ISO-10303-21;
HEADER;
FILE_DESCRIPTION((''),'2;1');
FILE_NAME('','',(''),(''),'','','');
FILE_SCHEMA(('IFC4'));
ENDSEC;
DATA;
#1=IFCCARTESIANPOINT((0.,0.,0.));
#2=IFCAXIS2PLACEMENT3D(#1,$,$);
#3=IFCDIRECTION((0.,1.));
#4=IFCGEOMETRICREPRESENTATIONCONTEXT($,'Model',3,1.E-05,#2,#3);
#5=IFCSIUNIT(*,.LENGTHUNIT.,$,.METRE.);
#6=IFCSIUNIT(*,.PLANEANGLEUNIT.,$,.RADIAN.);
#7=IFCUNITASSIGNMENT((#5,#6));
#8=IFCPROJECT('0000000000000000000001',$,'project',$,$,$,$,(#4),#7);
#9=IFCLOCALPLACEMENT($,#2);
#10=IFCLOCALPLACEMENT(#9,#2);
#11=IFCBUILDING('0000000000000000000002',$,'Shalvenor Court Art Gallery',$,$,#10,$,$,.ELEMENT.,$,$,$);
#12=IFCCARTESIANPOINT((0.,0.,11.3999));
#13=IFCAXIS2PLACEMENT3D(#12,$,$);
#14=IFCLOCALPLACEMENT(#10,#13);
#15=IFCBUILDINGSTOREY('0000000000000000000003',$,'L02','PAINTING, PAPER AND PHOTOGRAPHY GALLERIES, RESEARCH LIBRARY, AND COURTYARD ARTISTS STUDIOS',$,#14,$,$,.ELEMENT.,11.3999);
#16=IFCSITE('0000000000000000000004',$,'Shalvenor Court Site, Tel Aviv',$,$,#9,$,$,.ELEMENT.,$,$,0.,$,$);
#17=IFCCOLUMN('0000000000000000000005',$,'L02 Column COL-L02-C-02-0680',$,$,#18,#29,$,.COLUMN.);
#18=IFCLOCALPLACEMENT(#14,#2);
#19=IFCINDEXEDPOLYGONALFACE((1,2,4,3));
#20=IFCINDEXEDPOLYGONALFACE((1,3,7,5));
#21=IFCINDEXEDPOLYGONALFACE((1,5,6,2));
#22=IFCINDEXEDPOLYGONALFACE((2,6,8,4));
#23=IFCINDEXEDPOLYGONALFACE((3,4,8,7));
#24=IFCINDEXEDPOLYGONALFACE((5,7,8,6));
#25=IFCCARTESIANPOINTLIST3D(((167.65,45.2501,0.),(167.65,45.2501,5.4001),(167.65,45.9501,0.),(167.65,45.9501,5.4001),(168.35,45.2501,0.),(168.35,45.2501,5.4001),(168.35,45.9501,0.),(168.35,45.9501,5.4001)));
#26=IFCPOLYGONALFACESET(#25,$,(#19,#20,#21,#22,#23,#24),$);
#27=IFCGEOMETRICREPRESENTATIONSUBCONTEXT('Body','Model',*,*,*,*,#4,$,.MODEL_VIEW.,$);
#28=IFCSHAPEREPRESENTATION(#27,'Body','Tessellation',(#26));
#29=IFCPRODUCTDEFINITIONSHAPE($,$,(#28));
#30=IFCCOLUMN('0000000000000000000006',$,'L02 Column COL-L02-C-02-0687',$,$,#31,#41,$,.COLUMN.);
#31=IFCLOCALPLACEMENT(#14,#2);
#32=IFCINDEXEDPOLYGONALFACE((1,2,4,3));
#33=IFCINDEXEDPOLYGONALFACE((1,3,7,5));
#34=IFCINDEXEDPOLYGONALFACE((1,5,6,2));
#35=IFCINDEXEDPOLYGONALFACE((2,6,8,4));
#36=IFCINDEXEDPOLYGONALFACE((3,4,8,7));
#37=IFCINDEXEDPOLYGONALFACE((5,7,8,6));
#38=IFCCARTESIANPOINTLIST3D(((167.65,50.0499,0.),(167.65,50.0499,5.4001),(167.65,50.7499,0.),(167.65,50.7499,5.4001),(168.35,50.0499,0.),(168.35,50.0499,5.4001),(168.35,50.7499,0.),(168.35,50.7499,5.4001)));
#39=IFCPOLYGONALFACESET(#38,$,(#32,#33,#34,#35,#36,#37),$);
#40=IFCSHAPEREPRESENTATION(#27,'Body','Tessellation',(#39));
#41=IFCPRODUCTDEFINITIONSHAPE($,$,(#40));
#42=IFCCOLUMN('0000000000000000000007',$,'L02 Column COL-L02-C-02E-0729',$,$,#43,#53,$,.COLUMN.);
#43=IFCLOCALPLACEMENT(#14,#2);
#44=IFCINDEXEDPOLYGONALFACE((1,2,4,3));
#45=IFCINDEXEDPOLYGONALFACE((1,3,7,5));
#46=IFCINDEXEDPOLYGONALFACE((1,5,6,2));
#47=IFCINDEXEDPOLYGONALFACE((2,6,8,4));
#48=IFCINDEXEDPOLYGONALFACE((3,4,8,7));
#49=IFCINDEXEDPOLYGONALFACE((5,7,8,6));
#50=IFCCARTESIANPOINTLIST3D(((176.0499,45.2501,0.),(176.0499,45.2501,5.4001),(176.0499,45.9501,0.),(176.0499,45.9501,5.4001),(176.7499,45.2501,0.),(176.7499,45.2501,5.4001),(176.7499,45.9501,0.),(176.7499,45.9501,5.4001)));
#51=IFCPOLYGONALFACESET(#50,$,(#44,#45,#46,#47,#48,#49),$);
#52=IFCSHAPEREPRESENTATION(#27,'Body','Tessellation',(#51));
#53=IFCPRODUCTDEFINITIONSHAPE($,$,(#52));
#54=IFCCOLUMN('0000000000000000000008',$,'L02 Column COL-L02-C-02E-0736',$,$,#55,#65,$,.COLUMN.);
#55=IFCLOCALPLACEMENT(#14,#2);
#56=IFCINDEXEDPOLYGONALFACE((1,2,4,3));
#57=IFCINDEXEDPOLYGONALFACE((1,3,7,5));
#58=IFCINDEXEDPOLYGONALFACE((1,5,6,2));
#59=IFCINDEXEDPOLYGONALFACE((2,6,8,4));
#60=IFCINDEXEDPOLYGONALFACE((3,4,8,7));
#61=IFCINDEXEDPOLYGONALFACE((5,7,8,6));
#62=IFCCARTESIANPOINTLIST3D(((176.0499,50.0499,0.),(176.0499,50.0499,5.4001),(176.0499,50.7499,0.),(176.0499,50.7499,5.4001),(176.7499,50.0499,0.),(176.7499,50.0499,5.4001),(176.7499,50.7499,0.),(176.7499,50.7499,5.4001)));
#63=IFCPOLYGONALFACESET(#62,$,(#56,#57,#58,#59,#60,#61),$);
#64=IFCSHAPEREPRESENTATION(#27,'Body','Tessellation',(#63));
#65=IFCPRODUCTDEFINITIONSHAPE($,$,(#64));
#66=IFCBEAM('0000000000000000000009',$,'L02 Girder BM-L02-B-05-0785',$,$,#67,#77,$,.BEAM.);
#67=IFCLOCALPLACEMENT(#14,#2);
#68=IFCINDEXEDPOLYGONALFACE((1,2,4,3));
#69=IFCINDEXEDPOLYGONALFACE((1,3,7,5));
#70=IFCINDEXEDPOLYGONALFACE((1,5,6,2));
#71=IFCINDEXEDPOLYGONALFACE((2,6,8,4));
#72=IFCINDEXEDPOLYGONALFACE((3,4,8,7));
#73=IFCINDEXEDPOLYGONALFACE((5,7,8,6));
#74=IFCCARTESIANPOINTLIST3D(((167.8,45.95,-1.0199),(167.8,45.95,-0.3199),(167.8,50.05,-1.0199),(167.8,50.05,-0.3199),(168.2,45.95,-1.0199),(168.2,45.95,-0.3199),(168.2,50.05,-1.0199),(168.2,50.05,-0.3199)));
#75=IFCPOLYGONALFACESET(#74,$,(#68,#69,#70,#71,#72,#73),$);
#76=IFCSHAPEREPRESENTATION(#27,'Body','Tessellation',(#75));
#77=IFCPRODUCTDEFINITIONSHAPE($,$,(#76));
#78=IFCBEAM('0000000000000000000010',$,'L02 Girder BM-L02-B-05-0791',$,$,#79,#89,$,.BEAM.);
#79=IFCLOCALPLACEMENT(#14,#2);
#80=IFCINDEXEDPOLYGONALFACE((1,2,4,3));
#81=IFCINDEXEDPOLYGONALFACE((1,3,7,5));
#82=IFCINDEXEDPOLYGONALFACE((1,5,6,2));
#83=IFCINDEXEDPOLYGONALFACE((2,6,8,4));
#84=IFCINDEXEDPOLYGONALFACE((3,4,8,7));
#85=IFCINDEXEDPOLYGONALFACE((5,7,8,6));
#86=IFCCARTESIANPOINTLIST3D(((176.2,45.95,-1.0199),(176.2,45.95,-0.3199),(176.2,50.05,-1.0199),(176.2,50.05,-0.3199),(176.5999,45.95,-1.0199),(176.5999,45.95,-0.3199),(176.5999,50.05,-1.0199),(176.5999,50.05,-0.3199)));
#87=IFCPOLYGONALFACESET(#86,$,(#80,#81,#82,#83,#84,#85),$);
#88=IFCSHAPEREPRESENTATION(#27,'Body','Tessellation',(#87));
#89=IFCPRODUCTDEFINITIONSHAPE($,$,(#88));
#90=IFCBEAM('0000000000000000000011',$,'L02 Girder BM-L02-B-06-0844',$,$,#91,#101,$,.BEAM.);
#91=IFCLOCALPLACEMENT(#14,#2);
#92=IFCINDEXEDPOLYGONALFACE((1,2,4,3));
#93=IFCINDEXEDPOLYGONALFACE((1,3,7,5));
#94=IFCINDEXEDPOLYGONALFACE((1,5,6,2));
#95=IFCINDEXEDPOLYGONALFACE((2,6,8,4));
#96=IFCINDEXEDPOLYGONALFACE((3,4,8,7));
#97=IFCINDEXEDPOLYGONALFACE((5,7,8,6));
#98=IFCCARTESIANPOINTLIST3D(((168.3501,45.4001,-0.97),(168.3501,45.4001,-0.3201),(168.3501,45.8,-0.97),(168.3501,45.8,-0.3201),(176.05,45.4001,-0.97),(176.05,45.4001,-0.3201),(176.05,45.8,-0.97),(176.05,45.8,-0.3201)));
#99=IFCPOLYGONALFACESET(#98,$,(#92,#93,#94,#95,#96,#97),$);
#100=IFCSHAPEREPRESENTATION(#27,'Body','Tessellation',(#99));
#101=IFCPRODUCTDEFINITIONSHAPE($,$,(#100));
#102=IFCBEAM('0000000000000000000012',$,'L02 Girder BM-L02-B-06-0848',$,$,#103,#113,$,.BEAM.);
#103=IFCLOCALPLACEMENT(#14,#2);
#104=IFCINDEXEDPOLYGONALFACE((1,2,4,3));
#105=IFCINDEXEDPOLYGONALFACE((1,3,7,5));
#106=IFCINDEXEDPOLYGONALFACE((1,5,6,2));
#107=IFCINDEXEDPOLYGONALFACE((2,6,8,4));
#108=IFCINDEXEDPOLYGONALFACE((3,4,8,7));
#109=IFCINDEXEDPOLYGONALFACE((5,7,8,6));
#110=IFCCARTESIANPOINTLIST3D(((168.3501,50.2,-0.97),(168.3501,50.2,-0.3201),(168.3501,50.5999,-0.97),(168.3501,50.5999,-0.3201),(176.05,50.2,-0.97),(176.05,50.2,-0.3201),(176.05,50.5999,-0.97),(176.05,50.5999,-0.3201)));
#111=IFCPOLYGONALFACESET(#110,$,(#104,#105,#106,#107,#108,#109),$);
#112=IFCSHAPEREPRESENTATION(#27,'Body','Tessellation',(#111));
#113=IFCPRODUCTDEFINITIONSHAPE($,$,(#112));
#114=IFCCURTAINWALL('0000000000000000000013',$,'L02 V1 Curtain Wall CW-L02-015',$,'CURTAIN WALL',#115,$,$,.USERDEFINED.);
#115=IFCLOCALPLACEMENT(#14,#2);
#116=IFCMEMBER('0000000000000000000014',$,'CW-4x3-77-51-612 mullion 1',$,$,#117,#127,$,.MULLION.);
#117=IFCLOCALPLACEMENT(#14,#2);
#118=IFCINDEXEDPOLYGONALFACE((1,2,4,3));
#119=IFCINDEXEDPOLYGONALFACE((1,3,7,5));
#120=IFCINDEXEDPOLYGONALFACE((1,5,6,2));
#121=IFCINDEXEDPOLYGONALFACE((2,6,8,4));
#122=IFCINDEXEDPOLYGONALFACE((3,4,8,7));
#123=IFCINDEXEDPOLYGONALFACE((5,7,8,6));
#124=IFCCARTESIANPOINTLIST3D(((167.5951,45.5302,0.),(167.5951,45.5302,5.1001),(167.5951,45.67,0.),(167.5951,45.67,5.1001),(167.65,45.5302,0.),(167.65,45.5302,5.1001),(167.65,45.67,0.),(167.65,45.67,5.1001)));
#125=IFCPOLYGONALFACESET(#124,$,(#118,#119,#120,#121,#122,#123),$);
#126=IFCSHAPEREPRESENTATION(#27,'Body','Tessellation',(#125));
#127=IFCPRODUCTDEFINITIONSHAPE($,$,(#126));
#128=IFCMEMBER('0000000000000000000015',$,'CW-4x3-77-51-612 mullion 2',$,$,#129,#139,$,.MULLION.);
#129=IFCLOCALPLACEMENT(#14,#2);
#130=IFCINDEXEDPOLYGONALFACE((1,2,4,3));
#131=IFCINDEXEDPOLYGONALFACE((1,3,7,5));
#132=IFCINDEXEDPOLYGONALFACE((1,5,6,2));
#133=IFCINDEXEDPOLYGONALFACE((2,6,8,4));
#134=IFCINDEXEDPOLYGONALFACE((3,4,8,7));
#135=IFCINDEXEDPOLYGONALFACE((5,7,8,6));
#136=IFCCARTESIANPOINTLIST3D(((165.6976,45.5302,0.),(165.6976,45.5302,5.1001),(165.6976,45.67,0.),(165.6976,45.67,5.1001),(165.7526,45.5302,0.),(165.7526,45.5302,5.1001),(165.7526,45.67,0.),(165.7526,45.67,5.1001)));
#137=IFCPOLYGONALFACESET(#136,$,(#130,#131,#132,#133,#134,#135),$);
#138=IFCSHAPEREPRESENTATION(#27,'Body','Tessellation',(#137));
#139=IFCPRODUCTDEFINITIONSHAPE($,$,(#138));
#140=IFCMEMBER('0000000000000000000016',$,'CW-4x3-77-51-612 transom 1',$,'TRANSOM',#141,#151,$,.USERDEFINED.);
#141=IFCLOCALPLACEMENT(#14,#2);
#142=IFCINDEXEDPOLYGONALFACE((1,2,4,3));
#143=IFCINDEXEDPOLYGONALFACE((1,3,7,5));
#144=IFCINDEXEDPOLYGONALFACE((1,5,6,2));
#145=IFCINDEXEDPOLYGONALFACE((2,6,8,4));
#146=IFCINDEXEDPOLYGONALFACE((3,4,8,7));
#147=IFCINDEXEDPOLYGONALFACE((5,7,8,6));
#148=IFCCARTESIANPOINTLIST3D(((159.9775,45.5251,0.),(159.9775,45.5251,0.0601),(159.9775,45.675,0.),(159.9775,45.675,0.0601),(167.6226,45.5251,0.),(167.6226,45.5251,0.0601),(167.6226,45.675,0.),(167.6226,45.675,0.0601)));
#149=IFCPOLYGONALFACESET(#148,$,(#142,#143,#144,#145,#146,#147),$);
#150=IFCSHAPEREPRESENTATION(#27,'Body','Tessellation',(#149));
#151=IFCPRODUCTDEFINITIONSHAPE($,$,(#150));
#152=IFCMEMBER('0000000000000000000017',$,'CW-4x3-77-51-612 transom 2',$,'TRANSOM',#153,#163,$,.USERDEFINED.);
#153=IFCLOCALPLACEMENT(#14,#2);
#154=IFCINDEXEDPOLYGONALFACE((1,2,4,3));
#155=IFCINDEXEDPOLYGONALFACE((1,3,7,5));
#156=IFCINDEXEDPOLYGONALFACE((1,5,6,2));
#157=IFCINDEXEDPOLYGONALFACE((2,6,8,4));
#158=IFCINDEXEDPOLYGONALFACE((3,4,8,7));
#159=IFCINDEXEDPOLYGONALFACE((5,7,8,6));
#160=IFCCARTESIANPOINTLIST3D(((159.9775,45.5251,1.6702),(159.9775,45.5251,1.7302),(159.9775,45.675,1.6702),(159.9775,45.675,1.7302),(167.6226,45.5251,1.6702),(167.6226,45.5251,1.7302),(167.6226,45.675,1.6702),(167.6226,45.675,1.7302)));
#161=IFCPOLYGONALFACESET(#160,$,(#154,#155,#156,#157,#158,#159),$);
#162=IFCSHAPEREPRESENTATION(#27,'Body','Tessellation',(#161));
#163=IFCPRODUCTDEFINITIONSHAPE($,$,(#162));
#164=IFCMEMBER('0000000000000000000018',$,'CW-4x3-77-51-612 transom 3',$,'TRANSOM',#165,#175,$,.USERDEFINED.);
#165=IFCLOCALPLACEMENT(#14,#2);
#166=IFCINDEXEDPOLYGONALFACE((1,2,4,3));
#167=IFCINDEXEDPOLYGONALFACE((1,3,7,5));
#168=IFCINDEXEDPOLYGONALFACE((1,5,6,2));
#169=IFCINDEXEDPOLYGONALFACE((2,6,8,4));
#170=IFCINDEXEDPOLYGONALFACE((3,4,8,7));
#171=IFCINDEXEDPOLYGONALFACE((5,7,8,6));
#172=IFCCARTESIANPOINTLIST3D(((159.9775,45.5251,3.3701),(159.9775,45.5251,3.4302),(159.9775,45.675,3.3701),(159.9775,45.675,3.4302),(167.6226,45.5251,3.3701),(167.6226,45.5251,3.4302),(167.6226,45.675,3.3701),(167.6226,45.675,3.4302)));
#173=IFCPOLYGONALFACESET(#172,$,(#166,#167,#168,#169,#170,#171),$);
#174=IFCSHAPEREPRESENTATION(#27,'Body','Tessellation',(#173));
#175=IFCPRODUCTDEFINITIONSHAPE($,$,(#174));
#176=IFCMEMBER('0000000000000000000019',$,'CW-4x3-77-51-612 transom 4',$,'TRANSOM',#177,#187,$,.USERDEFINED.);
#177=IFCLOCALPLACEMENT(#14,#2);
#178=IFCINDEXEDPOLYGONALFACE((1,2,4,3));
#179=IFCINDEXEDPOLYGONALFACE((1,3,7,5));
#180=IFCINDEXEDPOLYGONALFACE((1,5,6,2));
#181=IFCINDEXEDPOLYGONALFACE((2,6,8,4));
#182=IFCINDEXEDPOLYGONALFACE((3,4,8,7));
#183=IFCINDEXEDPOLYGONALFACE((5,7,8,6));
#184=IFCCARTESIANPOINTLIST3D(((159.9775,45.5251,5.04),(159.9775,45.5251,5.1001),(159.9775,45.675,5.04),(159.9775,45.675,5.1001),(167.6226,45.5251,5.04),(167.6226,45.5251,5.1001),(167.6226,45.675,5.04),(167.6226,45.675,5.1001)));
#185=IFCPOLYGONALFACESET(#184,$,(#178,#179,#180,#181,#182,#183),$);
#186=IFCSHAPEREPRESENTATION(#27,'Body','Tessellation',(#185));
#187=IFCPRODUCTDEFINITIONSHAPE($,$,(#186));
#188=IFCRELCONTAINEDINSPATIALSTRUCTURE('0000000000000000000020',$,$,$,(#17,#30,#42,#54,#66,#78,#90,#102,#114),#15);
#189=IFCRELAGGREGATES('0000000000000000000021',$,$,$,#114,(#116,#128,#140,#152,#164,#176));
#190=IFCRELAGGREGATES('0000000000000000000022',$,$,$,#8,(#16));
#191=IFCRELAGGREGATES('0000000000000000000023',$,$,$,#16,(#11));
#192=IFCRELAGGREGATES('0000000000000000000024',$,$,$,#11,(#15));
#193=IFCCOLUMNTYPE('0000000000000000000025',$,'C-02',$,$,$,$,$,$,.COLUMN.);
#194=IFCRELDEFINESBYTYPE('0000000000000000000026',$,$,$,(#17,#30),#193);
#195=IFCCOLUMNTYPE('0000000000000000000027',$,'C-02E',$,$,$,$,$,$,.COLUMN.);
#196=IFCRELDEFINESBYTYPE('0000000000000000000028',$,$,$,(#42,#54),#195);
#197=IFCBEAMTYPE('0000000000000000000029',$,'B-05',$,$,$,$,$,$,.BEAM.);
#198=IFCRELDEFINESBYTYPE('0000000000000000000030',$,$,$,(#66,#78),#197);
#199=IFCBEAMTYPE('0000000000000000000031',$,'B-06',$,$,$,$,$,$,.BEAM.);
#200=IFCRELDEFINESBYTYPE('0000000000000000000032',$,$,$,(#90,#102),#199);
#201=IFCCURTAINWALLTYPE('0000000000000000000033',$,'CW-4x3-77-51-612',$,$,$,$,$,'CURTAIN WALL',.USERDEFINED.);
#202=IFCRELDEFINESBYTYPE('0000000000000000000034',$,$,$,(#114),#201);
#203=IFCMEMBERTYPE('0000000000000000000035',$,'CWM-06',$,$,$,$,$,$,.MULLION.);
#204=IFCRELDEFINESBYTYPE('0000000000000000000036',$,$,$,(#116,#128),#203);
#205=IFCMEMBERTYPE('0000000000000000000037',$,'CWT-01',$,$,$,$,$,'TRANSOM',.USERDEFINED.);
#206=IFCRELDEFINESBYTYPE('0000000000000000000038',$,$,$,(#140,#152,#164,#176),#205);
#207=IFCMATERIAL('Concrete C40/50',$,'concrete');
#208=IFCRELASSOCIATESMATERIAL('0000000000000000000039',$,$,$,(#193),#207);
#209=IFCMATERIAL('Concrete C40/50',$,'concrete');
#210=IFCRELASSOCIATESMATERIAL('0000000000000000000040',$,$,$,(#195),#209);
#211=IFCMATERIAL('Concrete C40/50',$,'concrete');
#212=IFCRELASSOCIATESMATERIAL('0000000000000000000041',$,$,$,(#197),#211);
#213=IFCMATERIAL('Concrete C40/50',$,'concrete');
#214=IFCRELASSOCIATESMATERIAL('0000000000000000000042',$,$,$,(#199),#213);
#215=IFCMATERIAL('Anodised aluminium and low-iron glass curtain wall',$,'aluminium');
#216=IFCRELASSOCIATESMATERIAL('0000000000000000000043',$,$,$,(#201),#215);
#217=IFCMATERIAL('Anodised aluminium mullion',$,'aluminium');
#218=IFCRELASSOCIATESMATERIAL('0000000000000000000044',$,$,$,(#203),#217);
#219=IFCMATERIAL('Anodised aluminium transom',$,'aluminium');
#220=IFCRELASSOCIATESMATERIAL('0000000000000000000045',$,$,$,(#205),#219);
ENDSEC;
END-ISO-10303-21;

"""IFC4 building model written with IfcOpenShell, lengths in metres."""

from ifc_helpers import new_model, si_unit, direction, frame, origin, origin_2d, place, context, subcontext, project, spatial, rectangle, extrude, material, material_profile, profile_set, type_object, element, aggregate, save


model = new_model("IFC4")

# Units and contexts
model_context = context("Model", 3, precision=1e-05, world=origin(), true_north=direction((0.0, 1.0)))
body_context = subcontext(model_context, "Body", "Model", "MODEL_VIEW")
ifc_project = project(units=[si_unit("LENGTHUNIT", "METRE"), si_unit("PLANEANGLEUNIT", "RADIAN")], contexts=[model_context])

# Site, building, storey
site_placement = place(None, origin())
site = spatial("IfcSite", under=ifc_project, at=site_placement, Name="Shalvenor Court Site, Tel Aviv", CompositionType="ELEMENT", RefElevation=0.0)
building_placement = place(site_placement, origin())
building = spatial("IfcBuilding", under=site, at=building_placement, Name="Shalvenor Court Art Gallery", CompositionType="ELEMENT")
storey_placement = place(building_placement, frame((0.0, 0.0, 11.3999)))
storey = spatial("IfcBuildingStorey", under=building, at=storey_placement, Name="L02", Description="PAINTING, PAPER AND PHOTOGRAPHY GALLERIES, RESEARCH LIBRARY, AND COURTYARD ARTISTS STUDIOS", CompositionType="ELEMENT", Elevation=11.3999)

# Columns
ifc_material_1 = material(Name="Concrete C40/50", Category="concrete")
ifc_material_profile_1 = material_profile(ifc_material_1, rectangle(XDim=0.7, YDim=0.7, at=origin_2d()), Name="RC 700x700")
ifc_profile_set_1 = profile_set([ifc_material_profile_1], Name="Concrete C40/50")
column_type_1 = type_object("IfcColumnType", Name="C-02", PredefinedType="COLUMN", material=ifc_profile_set_1)
for number, where, z_axis, x_axis, name in (
    (1, (168.0, 45.6001, 0.0), (0.0, 0.0, 1.0), (1.0, 0.0, 0.0), "L02 Column COL-L02-C-02-0680"),
    (2, (168.0, 50.3999, 0.0), (0.0, 0.0, 1.0), (1.0, 0.0, 0.0), "L02 Column COL-L02-C-02-0687"),
):
    element("IfcColumn", number, at=place(storey_placement, frame(where, z_axis=z_axis, x_axis=x_axis)), inside=storey, type_object=column_type_1, Name=name, PredefinedType="COLUMN", context=body_context, shape_type="SweptSolid", body=[
        extrude(rectangle(XDim=0.7, YDim=0.7, at=origin_2d()), origin(), (0.0, 0.0, 1.0), 5.4001),
    ])
ifc_material_2 = material(Name="Concrete C40/50", Category="concrete")
ifc_material_profile_2 = material_profile(ifc_material_2, rectangle(XDim=0.7, YDim=0.7, at=origin_2d()), Name="RC 700x700")
ifc_profile_set_2 = profile_set([ifc_material_profile_2], Name="Concrete C40/50")
column_type_2 = type_object("IfcColumnType", Name="C-02E", PredefinedType="COLUMN", material=ifc_profile_set_2)
for number, where, z_axis, x_axis, name in (
    (3, (176.3999, 45.6001, 0.0), (0.0, 0.0, 1.0), (1.0, 0.0, 0.0), "L02 Column COL-L02-C-02E-0729"),
    (4, (176.3999, 50.3999, 0.0), (0.0, 0.0, 1.0), (1.0, 0.0, 0.0), "L02 Column COL-L02-C-02E-0736"),
):
    element("IfcColumn", number, at=place(storey_placement, frame(where, z_axis=z_axis, x_axis=x_axis)), inside=storey, type_object=column_type_2, Name=name, PredefinedType="COLUMN", context=body_context, shape_type="SweptSolid", body=[
        extrude(rectangle(XDim=0.7, YDim=0.7, at=origin_2d()), origin(), (0.0, 0.0, 1.0), 5.4001),
    ])

# Beams
ifc_material_3 = material(Name="Concrete C40/50", Category="concrete")
ifc_material_profile_3 = material_profile(ifc_material_3, rectangle(XDim=0.3999, YDim=0.7, at=origin_2d()), Name="RC 400x700")
ifc_profile_set_3 = profile_set([ifc_material_profile_3], Name="Concrete C40/50")
beam_type_1 = type_object("IfcBeamType", Name="B-05", PredefinedType="BEAM", material=ifc_profile_set_3)
for number, where, z_axis, x_axis, name in (
    (5, (168.0, 45.95, -0.6699), (0.0, 1.0, 0.0), (-1.0, 0.0, 0.0), "L02 Girder BM-L02-B-05-0785"),
    (6, (176.3999, 45.95, -0.6699), (0.0, 1.0, 0.0), (-1.0, 0.0, 0.0), "L02 Girder BM-L02-B-05-0791"),
):
    element("IfcBeam", number, at=place(storey_placement, frame(where, z_axis=z_axis, x_axis=x_axis)), inside=storey, type_object=beam_type_1, Name=name, PredefinedType="BEAM", context=body_context, shape_type="SweptSolid", body=[
        extrude(rectangle(XDim=0.3999, YDim=0.7, at=origin_2d()), origin(), (0.0, 0.0, 1.0), 4.1001),
    ])
ifc_material_4 = material(Name="Concrete C40/50", Category="concrete")
ifc_material_profile_4 = material_profile(ifc_material_4, rectangle(XDim=0.3999, YDim=0.6499, at=origin_2d()), Name="RC 400x650")
ifc_profile_set_4 = profile_set([ifc_material_profile_4], Name="Concrete C40/50")
beam_type_2 = type_object("IfcBeamType", Name="B-06", PredefinedType="BEAM", material=ifc_profile_set_4)
for number, where, z_axis, x_axis, name in (
    (7, (168.3501, 45.6001, -0.645), (1.0, 0.0, 0.0), (0.0, 1.0, 0.0), "L02 Girder BM-L02-B-06-0844"),
    (8, (168.3501, 50.3999, -0.645), (1.0, 0.0, 0.0), (0.0, 1.0, 0.0), "L02 Girder BM-L02-B-06-0848"),
):
    element("IfcBeam", number, at=place(storey_placement, frame(where, z_axis=z_axis, x_axis=x_axis)), inside=storey, type_object=beam_type_2, Name=name, PredefinedType="BEAM", context=body_context, shape_type="SweptSolid", body=[
        extrude(rectangle(XDim=0.3999, YDim=0.6499, at=origin_2d()), origin(), (0.0, 0.0, 1.0), 7.7),
    ])

# Curtain wall, members
ifc_material_5 = material(Name="Anodised aluminium and low-iron glass curtain wall", Category="aluminium")
curtain_wall_type = type_object("IfcCurtainWallType", Name="CW-4x3-77-51-612", ElementType="CURTAIN WALL", PredefinedType="USERDEFINED", material=ifc_material_5)
curtain_wall_placement = place(storey_placement, origin())
curtain_wall = element("IfcCurtainWall", 9, at=curtain_wall_placement, inside=storey, type_object=curtain_wall_type, Name="L02 V1 Curtain Wall CW-L02-015", ObjectType="CURTAIN WALL", PredefinedType="USERDEFINED")
ifc_material_6 = material(Name="Anodised aluminium mullion", Category="aluminium")
ifc_material_profile_5 = material_profile(ifc_material_6, rectangle(XDim=0.0549, YDim=0.1399, at=origin_2d()), Name="CWM-06")
ifc_profile_set_5 = profile_set([ifc_material_profile_5], Name="Anodised aluminium mullion")
member_type_1 = type_object("IfcMemberType", Name="CWM-06", PredefinedType="MULLION", material=ifc_profile_set_5)
member_1_placement = place(storey_placement, frame((167.6226, 45.6001, 0.0), z_axis=(0.0, 0.0, 1.0), x_axis=(-1.0, 0.0, 0.0)))
member_1 = element("IfcMember", 10, at=member_1_placement, type_object=member_type_1, Name="CW-4x3-77-51-612 mullion 1", PredefinedType="MULLION", context=body_context, shape_type="SweptSolid", body=[
    extrude(rectangle(XDim=0.0549, YDim=0.1399, at=origin_2d()), origin(), (0.0, 0.0, 1.0), 5.1001),
])
member_2_placement = place(storey_placement, frame((165.7251, 45.6001, 0.0), z_axis=(0.0, 0.0, 1.0), x_axis=(-1.0, 0.0, 0.0)))
member_2 = element("IfcMember", 11, at=member_2_placement, type_object=member_type_1, Name="CW-4x3-77-51-612 mullion 2", PredefinedType="MULLION", context=body_context, shape_type="SweptSolid", body=[
    extrude(rectangle(XDim=0.0549, YDim=0.1399, at=origin_2d()), origin(), (0.0, 0.0, 1.0), 5.1001),
])
ifc_material_7 = material(Name="Anodised aluminium transom", Category="aluminium")
ifc_material_profile_6 = material_profile(ifc_material_7, rectangle(XDim=0.1499, YDim=0.0601, at=origin_2d()), Name="CWT-01")
ifc_profile_set_6 = profile_set([ifc_material_profile_6], Name="Anodised aluminium transom")
member_type_2 = type_object("IfcMemberType", Name="CWT-01", ElementType="TRANSOM", PredefinedType="USERDEFINED", material=ifc_profile_set_6)
member_3_placement = place(storey_placement, frame((167.6226, 45.6001, 0.03), z_axis=(-1.0, 0.0, 0.0), x_axis=(0.0, -1.0, 0.0)))
member_3 = element("IfcMember", 12, at=member_3_placement, type_object=member_type_2, Name="CW-4x3-77-51-612 transom 1", ObjectType="TRANSOM", PredefinedType="USERDEFINED", context=body_context, shape_type="SweptSolid", body=[
    extrude(rectangle(XDim=0.1499, YDim=0.0601, at=origin_2d()), origin(), (0.0, 0.0, 1.0), 7.645),
])
member_4_placement = place(storey_placement, frame((167.6226, 45.6001, 1.7002), z_axis=(-1.0, 0.0, 0.0), x_axis=(0.0, -1.0, 0.0)))
member_4 = element("IfcMember", 13, at=member_4_placement, type_object=member_type_2, Name="CW-4x3-77-51-612 transom 2", ObjectType="TRANSOM", PredefinedType="USERDEFINED", context=body_context, shape_type="SweptSolid", body=[
    extrude(rectangle(XDim=0.1499, YDim=0.0601, at=origin_2d()), origin(), (0.0, 0.0, 1.0), 7.645),
])
member_5_placement = place(storey_placement, frame((167.6226, 45.6001, 3.4001), z_axis=(-1.0, 0.0, 0.0), x_axis=(0.0, -1.0, 0.0)))
member_5 = element("IfcMember", 14, at=member_5_placement, type_object=member_type_2, Name="CW-4x3-77-51-612 transom 3", ObjectType="TRANSOM", PredefinedType="USERDEFINED", context=body_context, shape_type="SweptSolid", body=[
    extrude(rectangle(XDim=0.1499, YDim=0.0601, at=origin_2d()), origin(), (0.0, 0.0, 1.0), 7.645),
])
member_6_placement = place(storey_placement, frame((167.6226, 45.6001, 5.0701), z_axis=(-1.0, 0.0, 0.0), x_axis=(0.0, -1.0, 0.0)))
member_6 = element("IfcMember", 15, at=member_6_placement, type_object=member_type_2, Name="CW-4x3-77-51-612 transom 4", ObjectType="TRANSOM", PredefinedType="USERDEFINED", context=body_context, shape_type="SweptSolid", body=[
    extrude(rectangle(XDim=0.1499, YDim=0.0601, at=origin_2d()), origin(), (0.0, 0.0, 1.0), 7.645),
])

aggregate(curtain_wall, [member_1, member_2, member_3, member_4, member_5, member_6])

save(model, "model.ifc")
